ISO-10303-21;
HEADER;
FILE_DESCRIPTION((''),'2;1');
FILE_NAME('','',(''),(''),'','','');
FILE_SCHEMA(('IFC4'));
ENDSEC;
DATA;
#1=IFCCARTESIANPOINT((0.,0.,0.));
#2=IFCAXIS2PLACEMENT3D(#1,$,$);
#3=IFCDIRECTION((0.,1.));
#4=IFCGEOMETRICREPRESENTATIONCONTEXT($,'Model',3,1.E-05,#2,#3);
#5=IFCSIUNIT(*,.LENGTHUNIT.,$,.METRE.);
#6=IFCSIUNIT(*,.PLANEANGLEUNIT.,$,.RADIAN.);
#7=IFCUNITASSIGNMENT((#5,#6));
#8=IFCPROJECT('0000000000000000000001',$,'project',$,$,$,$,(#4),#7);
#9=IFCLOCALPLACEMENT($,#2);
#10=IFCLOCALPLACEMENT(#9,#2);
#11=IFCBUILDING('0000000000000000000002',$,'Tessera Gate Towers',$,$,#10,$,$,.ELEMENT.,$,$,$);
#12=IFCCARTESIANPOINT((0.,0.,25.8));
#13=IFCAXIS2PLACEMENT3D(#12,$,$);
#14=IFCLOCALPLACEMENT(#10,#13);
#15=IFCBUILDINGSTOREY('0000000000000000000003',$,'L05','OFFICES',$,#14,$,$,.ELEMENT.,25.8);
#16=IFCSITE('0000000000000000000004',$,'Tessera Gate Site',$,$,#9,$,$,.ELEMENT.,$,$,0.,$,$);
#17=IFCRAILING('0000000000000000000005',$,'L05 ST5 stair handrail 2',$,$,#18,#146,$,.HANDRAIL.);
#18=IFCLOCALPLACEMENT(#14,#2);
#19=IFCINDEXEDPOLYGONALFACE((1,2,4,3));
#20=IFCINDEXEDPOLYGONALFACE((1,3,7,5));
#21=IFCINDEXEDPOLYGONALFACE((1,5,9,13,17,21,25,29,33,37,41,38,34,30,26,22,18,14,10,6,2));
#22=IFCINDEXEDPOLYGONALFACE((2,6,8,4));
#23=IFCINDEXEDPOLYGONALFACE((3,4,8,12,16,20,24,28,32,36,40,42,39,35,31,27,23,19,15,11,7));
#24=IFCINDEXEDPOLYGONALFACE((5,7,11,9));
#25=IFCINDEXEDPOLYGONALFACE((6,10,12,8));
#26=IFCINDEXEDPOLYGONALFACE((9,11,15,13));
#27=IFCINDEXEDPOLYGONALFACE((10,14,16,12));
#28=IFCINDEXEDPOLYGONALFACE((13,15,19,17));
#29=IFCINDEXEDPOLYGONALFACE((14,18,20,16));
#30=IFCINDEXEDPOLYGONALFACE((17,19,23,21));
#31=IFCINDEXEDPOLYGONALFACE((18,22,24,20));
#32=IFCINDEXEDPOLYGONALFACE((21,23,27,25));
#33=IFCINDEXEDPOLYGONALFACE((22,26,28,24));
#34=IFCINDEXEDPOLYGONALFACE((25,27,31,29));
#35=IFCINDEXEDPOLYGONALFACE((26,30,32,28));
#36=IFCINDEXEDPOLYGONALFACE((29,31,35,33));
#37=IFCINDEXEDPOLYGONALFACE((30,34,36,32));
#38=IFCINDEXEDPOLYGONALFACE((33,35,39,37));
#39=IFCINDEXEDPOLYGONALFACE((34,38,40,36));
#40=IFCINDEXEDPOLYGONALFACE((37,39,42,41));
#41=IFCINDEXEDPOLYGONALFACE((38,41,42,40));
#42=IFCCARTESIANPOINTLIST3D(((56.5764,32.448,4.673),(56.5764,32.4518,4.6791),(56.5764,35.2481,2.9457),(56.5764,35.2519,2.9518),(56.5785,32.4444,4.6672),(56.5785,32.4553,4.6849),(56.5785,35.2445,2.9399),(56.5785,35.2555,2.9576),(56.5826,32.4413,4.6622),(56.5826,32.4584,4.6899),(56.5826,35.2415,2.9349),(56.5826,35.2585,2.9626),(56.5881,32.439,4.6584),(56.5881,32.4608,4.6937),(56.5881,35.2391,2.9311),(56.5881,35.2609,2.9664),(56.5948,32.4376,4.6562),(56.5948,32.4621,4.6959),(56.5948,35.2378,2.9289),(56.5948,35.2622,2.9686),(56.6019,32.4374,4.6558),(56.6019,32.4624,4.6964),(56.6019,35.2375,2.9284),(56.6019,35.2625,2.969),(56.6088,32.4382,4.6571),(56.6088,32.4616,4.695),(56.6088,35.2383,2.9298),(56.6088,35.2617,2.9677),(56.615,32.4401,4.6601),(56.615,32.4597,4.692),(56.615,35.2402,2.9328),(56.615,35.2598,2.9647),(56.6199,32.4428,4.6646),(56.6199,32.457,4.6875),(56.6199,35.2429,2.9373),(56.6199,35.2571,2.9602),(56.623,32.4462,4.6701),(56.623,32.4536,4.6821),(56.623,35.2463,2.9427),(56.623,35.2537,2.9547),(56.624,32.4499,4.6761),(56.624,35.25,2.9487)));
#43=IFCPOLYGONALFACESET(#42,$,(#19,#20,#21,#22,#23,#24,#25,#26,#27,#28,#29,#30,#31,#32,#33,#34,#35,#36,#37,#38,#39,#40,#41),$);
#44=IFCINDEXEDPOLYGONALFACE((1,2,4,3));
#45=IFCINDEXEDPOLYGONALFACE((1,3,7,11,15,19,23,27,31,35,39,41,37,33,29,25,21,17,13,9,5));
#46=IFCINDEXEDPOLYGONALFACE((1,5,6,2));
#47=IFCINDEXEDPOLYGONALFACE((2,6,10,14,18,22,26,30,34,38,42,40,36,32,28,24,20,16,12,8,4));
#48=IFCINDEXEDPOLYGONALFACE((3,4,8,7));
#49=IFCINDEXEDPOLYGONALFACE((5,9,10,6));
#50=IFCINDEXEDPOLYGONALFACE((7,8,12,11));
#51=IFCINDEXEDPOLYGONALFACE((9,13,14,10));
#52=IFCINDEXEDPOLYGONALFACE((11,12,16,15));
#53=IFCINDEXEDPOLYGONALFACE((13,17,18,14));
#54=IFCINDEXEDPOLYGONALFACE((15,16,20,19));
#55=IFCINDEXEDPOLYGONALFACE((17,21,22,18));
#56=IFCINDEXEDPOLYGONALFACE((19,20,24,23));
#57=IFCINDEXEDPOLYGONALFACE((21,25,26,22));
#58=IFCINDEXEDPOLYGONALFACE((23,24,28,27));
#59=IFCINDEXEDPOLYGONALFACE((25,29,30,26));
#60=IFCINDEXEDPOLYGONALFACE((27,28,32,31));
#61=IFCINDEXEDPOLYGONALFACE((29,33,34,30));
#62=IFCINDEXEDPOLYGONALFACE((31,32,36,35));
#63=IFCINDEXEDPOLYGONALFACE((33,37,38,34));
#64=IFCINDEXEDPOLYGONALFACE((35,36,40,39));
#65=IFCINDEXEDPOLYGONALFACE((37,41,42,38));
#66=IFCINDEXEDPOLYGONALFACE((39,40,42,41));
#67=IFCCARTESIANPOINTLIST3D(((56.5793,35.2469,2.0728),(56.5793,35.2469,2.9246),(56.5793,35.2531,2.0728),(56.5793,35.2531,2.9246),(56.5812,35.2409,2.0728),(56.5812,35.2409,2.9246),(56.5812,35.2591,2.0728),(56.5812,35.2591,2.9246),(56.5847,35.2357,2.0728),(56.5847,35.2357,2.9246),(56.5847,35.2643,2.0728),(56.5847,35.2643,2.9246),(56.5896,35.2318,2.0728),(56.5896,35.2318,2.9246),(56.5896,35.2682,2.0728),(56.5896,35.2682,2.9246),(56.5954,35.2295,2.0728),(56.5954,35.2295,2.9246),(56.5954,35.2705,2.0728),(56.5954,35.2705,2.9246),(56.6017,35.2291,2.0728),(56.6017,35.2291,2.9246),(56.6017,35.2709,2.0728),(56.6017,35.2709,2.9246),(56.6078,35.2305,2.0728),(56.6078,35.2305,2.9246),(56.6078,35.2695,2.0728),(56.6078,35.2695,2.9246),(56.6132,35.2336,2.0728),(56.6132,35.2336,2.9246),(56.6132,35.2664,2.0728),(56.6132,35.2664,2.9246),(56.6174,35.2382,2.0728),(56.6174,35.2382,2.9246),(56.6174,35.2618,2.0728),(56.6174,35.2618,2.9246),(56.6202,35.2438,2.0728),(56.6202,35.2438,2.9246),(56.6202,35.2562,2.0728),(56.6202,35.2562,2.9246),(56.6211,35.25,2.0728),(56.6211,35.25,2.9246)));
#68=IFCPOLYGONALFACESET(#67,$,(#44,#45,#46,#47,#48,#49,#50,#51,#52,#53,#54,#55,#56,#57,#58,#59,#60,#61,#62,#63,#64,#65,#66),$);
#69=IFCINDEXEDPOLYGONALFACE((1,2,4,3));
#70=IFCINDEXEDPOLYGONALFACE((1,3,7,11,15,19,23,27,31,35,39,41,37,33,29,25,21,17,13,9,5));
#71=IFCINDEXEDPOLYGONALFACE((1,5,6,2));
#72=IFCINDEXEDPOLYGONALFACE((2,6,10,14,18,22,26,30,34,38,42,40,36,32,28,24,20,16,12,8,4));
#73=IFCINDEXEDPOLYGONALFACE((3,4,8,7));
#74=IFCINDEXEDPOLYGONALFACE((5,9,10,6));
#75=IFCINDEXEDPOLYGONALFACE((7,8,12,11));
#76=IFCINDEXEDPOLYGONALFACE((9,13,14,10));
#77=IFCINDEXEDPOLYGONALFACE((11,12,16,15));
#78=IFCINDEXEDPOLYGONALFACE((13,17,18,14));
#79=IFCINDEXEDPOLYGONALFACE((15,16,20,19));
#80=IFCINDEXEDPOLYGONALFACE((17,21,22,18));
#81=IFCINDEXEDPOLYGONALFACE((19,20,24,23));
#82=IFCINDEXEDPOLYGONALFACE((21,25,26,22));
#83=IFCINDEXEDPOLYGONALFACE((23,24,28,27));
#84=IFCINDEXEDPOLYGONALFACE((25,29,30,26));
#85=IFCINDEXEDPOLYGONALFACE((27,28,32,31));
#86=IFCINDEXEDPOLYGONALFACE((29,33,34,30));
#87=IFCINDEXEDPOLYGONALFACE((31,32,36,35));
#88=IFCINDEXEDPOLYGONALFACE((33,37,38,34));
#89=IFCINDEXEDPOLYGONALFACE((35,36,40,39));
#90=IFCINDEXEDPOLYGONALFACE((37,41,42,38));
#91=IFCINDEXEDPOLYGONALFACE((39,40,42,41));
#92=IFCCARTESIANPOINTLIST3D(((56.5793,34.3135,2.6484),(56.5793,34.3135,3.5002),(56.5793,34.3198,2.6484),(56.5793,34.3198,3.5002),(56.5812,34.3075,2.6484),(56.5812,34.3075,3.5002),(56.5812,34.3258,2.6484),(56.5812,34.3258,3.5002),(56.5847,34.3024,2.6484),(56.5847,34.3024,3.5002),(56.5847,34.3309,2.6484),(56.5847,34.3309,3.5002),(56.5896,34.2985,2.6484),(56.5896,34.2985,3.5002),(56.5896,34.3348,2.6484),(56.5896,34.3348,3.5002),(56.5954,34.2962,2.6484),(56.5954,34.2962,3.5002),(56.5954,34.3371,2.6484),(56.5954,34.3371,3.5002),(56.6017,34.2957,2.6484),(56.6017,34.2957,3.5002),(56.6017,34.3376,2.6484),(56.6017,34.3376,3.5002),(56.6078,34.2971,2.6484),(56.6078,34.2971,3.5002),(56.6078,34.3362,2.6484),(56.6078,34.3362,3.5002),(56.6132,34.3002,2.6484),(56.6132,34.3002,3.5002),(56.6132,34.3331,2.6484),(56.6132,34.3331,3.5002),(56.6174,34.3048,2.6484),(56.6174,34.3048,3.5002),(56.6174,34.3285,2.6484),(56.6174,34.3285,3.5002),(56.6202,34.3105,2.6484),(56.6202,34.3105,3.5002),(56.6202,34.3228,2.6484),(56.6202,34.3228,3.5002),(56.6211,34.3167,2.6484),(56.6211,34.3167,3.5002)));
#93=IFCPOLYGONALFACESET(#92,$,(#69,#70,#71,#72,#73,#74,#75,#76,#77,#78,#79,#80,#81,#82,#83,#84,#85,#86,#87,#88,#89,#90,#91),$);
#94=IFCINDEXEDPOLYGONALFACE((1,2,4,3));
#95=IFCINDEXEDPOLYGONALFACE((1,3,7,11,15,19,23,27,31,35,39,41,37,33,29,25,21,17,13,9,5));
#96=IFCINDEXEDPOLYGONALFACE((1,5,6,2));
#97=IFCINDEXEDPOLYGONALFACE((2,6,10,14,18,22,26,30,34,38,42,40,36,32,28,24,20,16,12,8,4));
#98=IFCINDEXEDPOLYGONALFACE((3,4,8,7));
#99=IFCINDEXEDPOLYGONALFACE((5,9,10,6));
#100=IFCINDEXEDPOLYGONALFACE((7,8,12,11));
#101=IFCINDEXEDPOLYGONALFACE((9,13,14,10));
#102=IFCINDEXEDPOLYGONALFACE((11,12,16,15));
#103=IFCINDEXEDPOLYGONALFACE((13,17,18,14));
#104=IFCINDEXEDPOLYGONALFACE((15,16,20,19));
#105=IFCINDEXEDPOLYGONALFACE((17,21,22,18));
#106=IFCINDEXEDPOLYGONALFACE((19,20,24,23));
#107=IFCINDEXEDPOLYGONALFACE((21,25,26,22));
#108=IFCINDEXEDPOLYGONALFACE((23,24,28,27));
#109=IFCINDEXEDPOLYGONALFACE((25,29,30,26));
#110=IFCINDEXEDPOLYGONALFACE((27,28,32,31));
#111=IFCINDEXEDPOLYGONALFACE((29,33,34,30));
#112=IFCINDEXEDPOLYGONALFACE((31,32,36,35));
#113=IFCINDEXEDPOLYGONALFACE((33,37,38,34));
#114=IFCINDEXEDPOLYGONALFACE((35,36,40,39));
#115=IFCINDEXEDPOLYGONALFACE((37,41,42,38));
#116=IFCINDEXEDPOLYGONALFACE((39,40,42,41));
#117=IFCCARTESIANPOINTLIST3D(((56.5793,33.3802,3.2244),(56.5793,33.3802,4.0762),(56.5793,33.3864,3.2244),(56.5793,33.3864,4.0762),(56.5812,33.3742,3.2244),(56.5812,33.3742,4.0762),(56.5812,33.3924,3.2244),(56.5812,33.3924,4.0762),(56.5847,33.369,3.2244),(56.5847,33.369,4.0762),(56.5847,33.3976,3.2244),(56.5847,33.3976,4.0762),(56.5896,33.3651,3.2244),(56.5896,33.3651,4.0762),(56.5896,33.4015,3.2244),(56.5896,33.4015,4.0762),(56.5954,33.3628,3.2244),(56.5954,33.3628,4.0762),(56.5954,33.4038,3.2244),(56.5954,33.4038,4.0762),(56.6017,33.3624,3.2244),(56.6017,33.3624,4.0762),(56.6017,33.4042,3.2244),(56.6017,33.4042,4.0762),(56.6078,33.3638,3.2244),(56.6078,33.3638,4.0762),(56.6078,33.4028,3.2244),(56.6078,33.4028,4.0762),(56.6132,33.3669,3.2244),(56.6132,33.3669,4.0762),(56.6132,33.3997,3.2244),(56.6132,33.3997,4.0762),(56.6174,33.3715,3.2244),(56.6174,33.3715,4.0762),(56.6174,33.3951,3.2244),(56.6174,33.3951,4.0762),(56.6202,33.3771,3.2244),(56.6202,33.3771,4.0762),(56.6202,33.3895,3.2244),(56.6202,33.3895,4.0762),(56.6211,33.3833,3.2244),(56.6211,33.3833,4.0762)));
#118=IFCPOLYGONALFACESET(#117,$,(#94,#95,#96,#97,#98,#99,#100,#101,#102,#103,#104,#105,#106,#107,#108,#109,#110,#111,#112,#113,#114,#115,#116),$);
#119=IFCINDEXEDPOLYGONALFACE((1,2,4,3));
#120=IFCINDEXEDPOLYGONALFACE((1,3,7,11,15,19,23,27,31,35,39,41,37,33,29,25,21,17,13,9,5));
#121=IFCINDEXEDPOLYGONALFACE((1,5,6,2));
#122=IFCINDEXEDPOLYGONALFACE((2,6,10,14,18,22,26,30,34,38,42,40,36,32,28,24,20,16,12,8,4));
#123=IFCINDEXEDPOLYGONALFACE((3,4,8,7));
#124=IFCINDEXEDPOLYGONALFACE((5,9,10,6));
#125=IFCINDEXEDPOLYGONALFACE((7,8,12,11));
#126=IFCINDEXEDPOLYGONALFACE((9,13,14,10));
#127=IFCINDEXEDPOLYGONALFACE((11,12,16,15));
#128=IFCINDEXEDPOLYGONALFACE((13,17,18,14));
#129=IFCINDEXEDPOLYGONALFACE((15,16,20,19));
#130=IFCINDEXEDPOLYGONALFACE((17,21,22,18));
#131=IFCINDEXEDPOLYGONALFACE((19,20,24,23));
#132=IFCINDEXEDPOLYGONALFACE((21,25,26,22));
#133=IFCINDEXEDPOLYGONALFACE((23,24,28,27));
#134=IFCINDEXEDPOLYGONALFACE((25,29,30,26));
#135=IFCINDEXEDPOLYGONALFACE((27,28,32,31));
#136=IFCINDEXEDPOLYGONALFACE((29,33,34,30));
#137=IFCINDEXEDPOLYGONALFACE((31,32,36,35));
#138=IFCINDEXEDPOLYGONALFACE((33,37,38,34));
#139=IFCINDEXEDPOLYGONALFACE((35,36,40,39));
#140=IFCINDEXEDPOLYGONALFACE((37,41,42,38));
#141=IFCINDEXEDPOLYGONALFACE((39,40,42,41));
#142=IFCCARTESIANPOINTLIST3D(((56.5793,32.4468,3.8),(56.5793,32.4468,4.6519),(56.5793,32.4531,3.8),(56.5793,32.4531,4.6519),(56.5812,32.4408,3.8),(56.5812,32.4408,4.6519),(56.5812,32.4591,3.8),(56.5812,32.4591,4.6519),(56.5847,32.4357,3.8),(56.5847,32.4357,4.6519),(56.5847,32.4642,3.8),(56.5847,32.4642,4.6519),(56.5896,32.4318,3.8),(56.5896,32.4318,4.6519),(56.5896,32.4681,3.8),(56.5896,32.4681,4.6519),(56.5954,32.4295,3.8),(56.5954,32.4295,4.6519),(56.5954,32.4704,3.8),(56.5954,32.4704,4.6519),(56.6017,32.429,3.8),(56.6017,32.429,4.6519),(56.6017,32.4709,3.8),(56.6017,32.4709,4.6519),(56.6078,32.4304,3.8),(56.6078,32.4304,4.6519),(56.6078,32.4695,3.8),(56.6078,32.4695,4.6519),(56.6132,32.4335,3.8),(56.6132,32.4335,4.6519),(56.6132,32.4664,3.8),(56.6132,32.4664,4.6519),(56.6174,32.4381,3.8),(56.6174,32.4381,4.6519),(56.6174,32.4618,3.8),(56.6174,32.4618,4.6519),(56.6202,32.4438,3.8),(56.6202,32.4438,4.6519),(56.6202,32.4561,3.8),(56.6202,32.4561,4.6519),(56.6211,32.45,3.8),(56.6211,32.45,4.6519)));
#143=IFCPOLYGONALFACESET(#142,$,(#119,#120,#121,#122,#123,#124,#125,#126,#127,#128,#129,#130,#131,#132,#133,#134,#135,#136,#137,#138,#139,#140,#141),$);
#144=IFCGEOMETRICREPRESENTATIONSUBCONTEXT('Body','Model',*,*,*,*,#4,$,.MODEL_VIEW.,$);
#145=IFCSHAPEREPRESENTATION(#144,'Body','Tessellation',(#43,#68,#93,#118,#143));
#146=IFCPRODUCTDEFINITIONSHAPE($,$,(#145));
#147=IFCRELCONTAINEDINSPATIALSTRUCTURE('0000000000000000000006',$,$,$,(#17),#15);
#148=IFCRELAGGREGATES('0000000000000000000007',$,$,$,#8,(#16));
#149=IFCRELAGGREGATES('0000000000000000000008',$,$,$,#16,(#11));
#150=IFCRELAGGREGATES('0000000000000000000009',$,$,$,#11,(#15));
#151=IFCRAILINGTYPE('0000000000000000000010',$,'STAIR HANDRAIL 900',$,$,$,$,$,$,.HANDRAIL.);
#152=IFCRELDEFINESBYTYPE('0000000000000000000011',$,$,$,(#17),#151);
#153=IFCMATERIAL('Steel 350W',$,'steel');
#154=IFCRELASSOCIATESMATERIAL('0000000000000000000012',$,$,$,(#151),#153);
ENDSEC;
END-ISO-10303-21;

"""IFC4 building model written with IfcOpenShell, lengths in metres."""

from ifc_helpers import new_model, si_unit, direction, frame, origin, origin_2d, place, context, subcontext, project, spatial, circle, extrude, material, type_object, element, save


model = new_model("IFC4")

# Units and contexts
model_context = context("Model", 3, precision=1e-05, world=origin(), true_north=direction((0.0, 1.0)))
body_context = subcontext(model_context, "Body", "Model", "MODEL_VIEW")
ifc_project = project(units=[si_unit("LENGTHUNIT", "METRE"), si_unit("PLANEANGLEUNIT", "RADIAN")], contexts=[model_context])

# Site, building, storey
site_placement = place(None, origin())
site = spatial("IfcSite", under=ifc_project, at=site_placement, Name="Tessera Gate Site", CompositionType="ELEMENT", RefElevation=0.0)
building_placement = place(site_placement, origin())
building = spatial("IfcBuilding", under=site, at=building_placement, Name="Tessera Gate Towers", CompositionType="ELEMENT")
storey_placement = place(building_placement, frame((0.0, 0.0, 25.8)))
storey = spatial("IfcBuildingStorey", under=building, at=storey_placement, Name="L05", Description="OFFICES", CompositionType="ELEMENT", Elevation=25.8)

# Railing
ifc_material_1 = material(Name="Steel 350W", Category="steel")
railing_type_1 = type_object("IfcRailingType", Name="STAIR HANDRAIL 900", PredefinedType="HANDRAIL", material=ifc_material_1)
railing_1_placement = place(storey_placement, frame((56.6001, 35.25, 2.0728)))
element("IfcRailing", 1, at=railing_1_placement, inside=storey, type_object=railing_type_1, Name="L05 ST5 stair handrail 2", PredefinedType="HANDRAIL", context=body_context, shape_type="SweptSolid", body=[
    extrude(circle(Radius=0.0239, at=origin_2d()), frame((0.0, 0.0, 0.876), z_axis=(0.0, -0.85109, 0.52502), x_axis=(1.0, 0.0, 0.0)), (0.0, 0.0, 1.0), 3.29),
    extrude(circle(Radius=0.021, at=origin_2d()), origin(), (0.0, 0.0, 1.0), 0.8518),
    extrude(circle(Radius=0.021, at=origin_2d()), frame((0.0, -0.9333, 0.5757)), (0.0, 0.0, 1.0), 0.8518),
    extrude(circle(Radius=0.021, at=origin_2d()), frame((0.0, -1.8667, 1.1516)), (0.0, 0.0, 1.0), 0.8518),
    extrude(circle(Radius=0.021, at=origin_2d()), frame((0.0, -2.8, 1.7273)), (0.0, 0.0, 1.0), 0.8518),
])

save(model, "model.ifc")
